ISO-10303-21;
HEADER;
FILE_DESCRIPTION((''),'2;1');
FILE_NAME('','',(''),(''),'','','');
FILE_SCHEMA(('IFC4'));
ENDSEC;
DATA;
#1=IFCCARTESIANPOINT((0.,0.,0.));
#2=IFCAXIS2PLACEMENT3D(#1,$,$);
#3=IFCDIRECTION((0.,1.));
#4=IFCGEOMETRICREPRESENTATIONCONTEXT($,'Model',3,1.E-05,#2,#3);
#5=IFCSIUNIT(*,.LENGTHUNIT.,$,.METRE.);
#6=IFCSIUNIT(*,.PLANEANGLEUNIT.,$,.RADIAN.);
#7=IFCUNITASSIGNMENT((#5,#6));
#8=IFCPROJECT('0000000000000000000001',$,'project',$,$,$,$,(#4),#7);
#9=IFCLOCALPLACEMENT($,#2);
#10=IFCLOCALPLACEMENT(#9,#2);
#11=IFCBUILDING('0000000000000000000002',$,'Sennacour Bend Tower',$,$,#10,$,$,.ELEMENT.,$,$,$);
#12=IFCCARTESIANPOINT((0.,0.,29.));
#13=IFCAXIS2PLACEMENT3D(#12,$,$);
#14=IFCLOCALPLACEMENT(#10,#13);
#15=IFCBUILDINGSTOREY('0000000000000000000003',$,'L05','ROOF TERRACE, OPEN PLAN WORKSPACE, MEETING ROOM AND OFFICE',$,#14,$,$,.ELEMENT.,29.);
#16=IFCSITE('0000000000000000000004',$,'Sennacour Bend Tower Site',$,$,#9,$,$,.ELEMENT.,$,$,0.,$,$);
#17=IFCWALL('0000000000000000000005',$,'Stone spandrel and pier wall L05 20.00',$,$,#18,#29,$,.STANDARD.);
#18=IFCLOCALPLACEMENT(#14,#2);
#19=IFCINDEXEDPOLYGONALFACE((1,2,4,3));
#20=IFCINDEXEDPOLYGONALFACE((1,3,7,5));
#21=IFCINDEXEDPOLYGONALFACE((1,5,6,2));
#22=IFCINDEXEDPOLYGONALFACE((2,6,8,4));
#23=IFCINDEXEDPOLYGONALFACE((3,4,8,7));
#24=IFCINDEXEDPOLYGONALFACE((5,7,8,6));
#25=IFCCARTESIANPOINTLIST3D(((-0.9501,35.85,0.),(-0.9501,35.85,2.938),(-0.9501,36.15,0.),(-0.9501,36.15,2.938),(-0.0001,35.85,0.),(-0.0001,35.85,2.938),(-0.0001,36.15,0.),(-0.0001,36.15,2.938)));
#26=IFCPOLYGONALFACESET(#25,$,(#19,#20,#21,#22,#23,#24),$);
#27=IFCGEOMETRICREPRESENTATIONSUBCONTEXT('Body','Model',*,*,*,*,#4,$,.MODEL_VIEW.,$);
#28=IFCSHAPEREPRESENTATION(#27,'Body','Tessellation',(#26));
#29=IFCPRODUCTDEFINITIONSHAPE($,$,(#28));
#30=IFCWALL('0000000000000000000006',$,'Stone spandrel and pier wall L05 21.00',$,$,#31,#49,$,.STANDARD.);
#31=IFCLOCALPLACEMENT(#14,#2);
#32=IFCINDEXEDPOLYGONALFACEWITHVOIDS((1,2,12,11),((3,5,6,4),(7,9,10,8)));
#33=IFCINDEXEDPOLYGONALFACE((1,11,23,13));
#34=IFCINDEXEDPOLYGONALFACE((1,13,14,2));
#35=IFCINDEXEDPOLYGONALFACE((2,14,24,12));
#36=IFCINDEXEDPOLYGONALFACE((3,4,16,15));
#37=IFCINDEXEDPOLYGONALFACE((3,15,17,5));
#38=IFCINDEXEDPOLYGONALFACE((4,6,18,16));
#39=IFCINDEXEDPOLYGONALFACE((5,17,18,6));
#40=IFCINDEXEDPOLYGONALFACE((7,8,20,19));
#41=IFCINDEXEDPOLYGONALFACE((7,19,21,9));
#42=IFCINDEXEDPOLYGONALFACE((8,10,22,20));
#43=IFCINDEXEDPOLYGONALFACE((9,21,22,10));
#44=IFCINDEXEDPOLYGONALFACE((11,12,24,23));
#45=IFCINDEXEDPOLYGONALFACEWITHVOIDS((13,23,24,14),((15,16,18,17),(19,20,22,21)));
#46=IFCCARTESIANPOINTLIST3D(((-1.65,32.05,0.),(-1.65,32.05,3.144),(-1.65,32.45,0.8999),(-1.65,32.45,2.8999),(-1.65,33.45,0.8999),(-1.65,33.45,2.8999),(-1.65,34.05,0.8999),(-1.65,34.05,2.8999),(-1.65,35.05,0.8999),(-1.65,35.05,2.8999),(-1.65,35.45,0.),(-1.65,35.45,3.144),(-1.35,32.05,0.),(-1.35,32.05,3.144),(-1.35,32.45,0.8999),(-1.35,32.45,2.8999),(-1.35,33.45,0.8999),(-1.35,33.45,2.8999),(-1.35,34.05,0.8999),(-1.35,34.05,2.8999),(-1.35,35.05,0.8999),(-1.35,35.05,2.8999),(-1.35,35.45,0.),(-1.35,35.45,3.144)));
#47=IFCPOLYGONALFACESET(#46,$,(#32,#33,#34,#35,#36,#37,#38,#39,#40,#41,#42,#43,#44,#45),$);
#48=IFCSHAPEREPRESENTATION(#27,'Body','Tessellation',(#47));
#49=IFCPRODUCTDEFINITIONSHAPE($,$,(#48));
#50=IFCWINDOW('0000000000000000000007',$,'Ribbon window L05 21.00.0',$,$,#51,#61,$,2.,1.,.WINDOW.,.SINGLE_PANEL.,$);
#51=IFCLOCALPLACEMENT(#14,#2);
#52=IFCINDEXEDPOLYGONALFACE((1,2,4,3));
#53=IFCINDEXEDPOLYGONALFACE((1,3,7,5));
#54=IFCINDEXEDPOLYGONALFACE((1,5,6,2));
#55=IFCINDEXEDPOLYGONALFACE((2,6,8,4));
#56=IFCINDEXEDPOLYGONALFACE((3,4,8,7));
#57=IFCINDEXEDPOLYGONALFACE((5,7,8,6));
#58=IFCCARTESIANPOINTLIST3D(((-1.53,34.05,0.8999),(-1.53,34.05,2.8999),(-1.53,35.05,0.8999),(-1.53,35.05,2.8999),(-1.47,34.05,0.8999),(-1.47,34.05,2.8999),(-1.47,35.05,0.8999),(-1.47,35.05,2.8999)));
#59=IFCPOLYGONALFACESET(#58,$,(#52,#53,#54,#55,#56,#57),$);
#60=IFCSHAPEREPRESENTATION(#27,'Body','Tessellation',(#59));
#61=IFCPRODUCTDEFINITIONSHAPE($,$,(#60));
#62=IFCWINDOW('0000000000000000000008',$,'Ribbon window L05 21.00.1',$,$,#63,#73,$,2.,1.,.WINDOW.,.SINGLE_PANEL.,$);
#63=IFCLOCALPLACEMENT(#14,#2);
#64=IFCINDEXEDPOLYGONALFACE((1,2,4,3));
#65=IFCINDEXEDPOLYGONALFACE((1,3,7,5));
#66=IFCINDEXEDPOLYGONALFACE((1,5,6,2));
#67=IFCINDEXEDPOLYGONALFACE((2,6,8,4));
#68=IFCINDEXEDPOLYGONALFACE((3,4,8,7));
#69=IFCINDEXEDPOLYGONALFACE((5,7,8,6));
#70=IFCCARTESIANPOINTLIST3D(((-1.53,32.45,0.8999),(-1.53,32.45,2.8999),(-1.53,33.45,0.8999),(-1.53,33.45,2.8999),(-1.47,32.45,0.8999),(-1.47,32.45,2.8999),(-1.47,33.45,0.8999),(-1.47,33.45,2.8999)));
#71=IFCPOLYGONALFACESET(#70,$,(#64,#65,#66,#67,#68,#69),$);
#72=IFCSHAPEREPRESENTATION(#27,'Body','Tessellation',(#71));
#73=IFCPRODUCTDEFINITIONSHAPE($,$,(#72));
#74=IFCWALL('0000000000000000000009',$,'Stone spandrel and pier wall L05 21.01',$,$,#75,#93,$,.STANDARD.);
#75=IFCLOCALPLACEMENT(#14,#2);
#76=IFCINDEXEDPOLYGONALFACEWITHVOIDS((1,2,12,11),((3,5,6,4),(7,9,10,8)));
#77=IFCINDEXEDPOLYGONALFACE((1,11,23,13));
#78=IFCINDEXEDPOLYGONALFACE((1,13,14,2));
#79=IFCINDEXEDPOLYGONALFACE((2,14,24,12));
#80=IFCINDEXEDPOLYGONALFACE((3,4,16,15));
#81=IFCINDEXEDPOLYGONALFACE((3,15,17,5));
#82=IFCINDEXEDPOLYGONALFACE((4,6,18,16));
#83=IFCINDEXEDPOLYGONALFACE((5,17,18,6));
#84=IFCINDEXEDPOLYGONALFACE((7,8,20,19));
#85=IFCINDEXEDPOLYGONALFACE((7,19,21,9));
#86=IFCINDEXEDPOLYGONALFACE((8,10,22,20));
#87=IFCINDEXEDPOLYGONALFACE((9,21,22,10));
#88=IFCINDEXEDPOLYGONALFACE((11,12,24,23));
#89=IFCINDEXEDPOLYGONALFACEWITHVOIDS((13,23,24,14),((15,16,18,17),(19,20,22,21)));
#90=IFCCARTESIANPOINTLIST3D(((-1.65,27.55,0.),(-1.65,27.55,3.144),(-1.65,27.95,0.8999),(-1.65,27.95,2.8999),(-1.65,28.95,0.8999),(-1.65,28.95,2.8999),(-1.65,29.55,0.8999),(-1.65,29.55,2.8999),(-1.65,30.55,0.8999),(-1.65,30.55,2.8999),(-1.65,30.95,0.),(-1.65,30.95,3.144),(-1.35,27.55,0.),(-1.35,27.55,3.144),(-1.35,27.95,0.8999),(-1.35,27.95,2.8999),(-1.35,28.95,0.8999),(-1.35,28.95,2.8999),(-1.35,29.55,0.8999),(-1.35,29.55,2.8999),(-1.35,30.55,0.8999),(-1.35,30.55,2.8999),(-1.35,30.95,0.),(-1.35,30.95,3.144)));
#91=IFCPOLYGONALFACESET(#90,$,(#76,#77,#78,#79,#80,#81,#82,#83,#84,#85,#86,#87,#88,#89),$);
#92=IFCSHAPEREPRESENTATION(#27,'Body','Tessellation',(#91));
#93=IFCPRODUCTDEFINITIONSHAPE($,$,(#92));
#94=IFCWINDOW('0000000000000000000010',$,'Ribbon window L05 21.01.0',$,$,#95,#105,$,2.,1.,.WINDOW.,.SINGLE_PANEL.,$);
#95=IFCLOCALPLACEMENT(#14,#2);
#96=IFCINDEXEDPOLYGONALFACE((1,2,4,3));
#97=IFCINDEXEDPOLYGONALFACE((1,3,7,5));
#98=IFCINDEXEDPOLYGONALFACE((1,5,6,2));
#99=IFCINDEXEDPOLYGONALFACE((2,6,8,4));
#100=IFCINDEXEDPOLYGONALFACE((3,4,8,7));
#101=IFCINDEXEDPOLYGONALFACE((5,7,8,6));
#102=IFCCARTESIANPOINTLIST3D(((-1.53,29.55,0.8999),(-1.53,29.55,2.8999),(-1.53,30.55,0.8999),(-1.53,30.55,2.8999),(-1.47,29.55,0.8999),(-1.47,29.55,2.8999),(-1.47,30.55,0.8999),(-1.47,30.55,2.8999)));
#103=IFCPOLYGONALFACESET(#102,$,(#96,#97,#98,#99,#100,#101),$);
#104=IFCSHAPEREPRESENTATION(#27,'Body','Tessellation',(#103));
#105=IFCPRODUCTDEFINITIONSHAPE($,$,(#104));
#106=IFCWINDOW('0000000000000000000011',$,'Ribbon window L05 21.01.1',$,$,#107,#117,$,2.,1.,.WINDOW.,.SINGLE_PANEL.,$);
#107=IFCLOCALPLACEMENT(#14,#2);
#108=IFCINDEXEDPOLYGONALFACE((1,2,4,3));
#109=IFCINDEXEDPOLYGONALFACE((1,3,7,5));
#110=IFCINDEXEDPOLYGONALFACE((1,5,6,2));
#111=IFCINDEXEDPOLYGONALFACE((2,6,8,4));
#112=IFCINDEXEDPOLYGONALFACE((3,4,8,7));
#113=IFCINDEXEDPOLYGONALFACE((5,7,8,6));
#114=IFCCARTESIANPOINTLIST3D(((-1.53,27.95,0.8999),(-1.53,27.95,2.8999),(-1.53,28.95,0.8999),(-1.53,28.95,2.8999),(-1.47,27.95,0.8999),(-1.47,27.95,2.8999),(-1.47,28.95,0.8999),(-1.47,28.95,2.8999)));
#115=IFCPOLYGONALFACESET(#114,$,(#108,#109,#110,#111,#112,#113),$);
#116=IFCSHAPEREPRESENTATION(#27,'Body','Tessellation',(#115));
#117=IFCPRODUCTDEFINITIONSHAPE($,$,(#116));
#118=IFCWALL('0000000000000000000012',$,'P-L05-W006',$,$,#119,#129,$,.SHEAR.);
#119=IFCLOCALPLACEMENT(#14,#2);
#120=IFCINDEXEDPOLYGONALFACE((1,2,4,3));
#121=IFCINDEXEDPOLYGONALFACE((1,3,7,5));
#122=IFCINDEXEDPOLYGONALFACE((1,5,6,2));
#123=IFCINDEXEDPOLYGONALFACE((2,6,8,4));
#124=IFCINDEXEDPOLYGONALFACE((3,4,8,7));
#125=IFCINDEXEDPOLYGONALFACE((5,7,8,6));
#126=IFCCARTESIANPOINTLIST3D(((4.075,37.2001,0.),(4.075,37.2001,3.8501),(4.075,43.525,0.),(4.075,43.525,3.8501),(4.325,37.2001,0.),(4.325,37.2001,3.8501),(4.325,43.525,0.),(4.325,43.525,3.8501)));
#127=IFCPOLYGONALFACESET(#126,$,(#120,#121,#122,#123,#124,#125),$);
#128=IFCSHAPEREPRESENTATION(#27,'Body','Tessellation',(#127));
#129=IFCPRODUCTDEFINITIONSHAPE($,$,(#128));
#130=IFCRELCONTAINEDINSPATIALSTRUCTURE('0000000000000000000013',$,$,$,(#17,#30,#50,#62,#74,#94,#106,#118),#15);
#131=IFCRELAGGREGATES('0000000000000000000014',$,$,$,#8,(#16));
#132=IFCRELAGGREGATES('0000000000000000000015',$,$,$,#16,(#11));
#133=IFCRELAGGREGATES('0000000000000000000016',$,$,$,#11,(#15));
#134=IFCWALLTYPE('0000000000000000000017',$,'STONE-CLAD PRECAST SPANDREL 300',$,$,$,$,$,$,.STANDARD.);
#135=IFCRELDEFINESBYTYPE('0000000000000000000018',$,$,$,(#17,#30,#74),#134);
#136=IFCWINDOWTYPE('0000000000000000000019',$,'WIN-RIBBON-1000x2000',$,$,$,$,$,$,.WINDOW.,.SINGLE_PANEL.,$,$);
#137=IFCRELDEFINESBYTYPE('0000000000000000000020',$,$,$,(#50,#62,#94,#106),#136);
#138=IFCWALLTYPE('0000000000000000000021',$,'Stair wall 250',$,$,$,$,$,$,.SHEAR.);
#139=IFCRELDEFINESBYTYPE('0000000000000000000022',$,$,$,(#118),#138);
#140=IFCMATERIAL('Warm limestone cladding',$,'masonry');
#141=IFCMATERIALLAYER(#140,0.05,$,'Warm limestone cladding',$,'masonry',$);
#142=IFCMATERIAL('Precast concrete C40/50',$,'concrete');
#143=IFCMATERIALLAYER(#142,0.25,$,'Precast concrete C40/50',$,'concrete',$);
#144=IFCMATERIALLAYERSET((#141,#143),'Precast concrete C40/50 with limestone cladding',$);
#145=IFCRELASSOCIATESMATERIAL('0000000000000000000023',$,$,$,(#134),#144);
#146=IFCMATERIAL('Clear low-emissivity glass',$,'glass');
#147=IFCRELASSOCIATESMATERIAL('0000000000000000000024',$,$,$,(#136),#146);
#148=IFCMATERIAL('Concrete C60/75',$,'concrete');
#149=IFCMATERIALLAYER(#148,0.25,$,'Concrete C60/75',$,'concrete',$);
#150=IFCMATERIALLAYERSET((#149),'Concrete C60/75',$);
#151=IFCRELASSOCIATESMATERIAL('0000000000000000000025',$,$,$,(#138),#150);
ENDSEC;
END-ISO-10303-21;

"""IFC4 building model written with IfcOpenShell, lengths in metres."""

from ifc_helpers import new_model, si_unit, direction, frame, frame_2d, origin, place, context, subcontext, project, spatial, rectangle, extrude, material, layer, layer_set, type_object, element, fill, save


model = new_model("IFC4")

# Units and contexts
model_context = context("Model", 3, precision=1e-05, world=origin(), true_north=direction((0.0, 1.0)))
body_context = subcontext(model_context, "Body", "Model", "MODEL_VIEW")
ifc_project = project(units=[si_unit("LENGTHUNIT", "METRE"), si_unit("PLANEANGLEUNIT", "RADIAN")], contexts=[model_context])

# Site, building, storey
site_placement = place(None, origin())
site = spatial("IfcSite", under=ifc_project, at=site_placement, Name="Sennacour Bend Tower Site", CompositionType="ELEMENT", RefElevation=0.0)
building_placement = place(site_placement, origin())
building = spatial("IfcBuilding", under=site, at=building_placement, Name="Sennacour Bend Tower", CompositionType="ELEMENT")
storey_placement = place(building_placement, frame((0.0, 0.0, 29.0)))
storey = spatial("IfcBuildingStorey", under=building, at=storey_placement, Name="L05", Description="ROOF TERRACE, OPEN PLAN WORKSPACE, MEETING ROOM AND OFFICE", CompositionType="ELEMENT", Elevation=29.0)

# Wall
ifc_material_1 = material(Name="Warm limestone cladding", Category="masonry")
ifc_layer_1 = layer(ifc_material_1, 0.05, Name="Warm limestone cladding", Category="masonry")
ifc_material_2 = material(Name="Precast concrete C40/50", Category="concrete")
ifc_layer_2 = layer(ifc_material_2, 0.25, Name="Precast concrete C40/50", Category="concrete")
ifc_layer_set_1 = layer_set([ifc_layer_1, ifc_layer_2], Name="Precast concrete C40/50 with limestone cladding")
wall_type_1 = type_object("IfcWallType", Name="STONE-CLAD PRECAST SPANDREL 300", PredefinedType="STANDARD", material=ifc_layer_set_1)
wall_1_placement = place(storey_placement, frame((0.0, 36.0, 0.0), z_axis=(0.0, 0.0, 1.0), x_axis=(-1.0, 0.0, 0.0)))
element("IfcWall", 1, at=wall_1_placement, inside=storey, type_object=wall_type_1, Name="Stone spandrel and pier wall L05 20.00", PredefinedType="STANDARD", context=body_context, shape_type="SweptSolid", body=[
    extrude(rectangle(XDim=0.95, YDim=0.3, at=frame_2d((0.4751, 0.0))), origin(), (0.0, 0.0, 1.0), 2.938),
])

# Walls, openings, windows
wall_2_placement = place(storey_placement, frame((-1.5, 35.45, 0.0), z_axis=(0.0, 0.0, 1.0), x_axis=(0.0, -1.0, 0.0)))
wall_2 = element("IfcWall", 2, at=wall_2_placement, inside=storey, type_object=wall_type_1, Name="Stone spandrel and pier wall L05 21.00", PredefinedType="STANDARD", context=body_context, shape_type="SweptSolid", body=[
    extrude(rectangle(XDim=3.3999, YDim=0.3, at=frame_2d((1.7, 0.0))), origin(), (0.0, 0.0, 1.0), 3.144),
])
opening_1_placement = place(wall_2_placement, frame((0.3999, 0.0, 0.8999)))
opening_1 = element("IfcOpeningElement", 3, at=opening_1_placement, cuts=wall_2, PredefinedType="OPENING", context=body_context, shape_type="SweptSolid", body=[
    extrude(rectangle(XDim=1.0, YDim=2.0, at=frame_2d((0.5, 1.0))), frame((0.0, 0.1602, 0.0), z_axis=(0.0, -1.0, 0.0), x_axis=(1.0, 0.0, 0.0)), (0.0, 0.0, 1.0), 0.3201),
])
opening_2_placement = place(wall_2_placement, frame((2.0, 0.0, 0.8999)))
opening_2 = element("IfcOpeningElement", 4, at=opening_2_placement, cuts=wall_2, PredefinedType="OPENING", context=body_context, shape_type="SweptSolid", body=[
    extrude(rectangle(XDim=1.0, YDim=2.0, at=frame_2d((0.5, 1.0))), frame((0.0, 0.1602, 0.0), z_axis=(0.0, -1.0, 0.0), x_axis=(1.0, 0.0, 0.0)), (0.0, 0.0, 1.0), 0.3201),
])
ifc_material_3 = material(Name="Clear low-emissivity glass", Category="glass")
window_type = type_object("IfcWindowType", Name="WIN-RIBBON-1000x2000", PartitioningType="SINGLE_PANEL", PredefinedType="WINDOW", material=ifc_material_3)
window_1_placement = place(opening_1_placement, origin())
window_1 = element("IfcWindow", 5, at=window_1_placement, inside=storey, type_object=window_type, Name="Ribbon window L05 21.00.0", OverallHeight=2.0, OverallWidth=1.0, PartitioningType="SINGLE_PANEL", PredefinedType="WINDOW", context=body_context, shape_type="SweptSolid", body=[
    extrude(rectangle(XDim=1.0, YDim=2.0, at=frame_2d((0.5, 1.0))), frame((0.0, 0.03, 0.0), z_axis=(0.0, -1.0, 0.0), x_axis=(1.0, 0.0, 0.0)), (0.0, 0.0, 1.0), 0.0601),
])
fill(opening_1, window_1)
window_2_placement = place(opening_2_placement, origin())
window_2 = element("IfcWindow", 6, at=window_2_placement, inside=storey, type_object=window_type, Name="Ribbon window L05 21.00.1", OverallHeight=2.0, OverallWidth=1.0, PartitioningType="SINGLE_PANEL", PredefinedType="WINDOW", context=body_context, shape_type="SweptSolid", body=[
    extrude(rectangle(XDim=1.0, YDim=2.0, at=frame_2d((0.5, 1.0))), frame((0.0, 0.03, 0.0), z_axis=(0.0, -1.0, 0.0), x_axis=(1.0, 0.0, 0.0)), (0.0, 0.0, 1.0), 0.0601),
])
fill(opening_2, window_2)
wall_3_placement = place(storey_placement, frame((-1.5, 30.95, 0.0), z_axis=(0.0, 0.0, 1.0), x_axis=(0.0, -1.0, 0.0)))
wall_3 = element("IfcWall", 7, at=wall_3_placement, inside=storey, type_object=wall_type_1, Name="Stone spandrel and pier wall L05 21.01", PredefinedType="STANDARD", context=body_context, shape_type="SweptSolid", body=[
    extrude(rectangle(XDim=3.3999, YDim=0.3, at=frame_2d((1.7, 0.0))), origin(), (0.0, 0.0, 1.0), 3.144),
])
opening_3_placement = place(wall_3_placement, frame((0.3999, 0.0, 0.8999)))
opening_3 = element("IfcOpeningElement", 8, at=opening_3_placement, cuts=wall_3, PredefinedType="OPENING", context=body_context, shape_type="SweptSolid", body=[
    extrude(rectangle(XDim=1.0, YDim=2.0, at=frame_2d((0.5, 1.0))), frame((0.0, 0.1602, 0.0), z_axis=(0.0, -1.0, 0.0), x_axis=(1.0, 0.0, 0.0)), (0.0, 0.0, 1.0), 0.3201),
])
opening_4_placement = place(wall_3_placement, frame((2.0, 0.0, 0.8999)))
opening_4 = element("IfcOpeningElement", 9, at=opening_4_placement, cuts=wall_3, PredefinedType="OPENING", context=body_context, shape_type="SweptSolid", body=[
    extrude(rectangle(XDim=1.0, YDim=2.0, at=frame_2d((0.5, 1.0))), frame((0.0, 0.1602, 0.0), z_axis=(0.0, -1.0, 0.0), x_axis=(1.0, 0.0, 0.0)), (0.0, 0.0, 1.0), 0.3201),
])
window_3_placement = place(opening_3_placement, origin())
window_3 = element("IfcWindow", 10, at=window_3_placement, inside=storey, type_object=window_type, Name="Ribbon window L05 21.01.0", OverallHeight=2.0, OverallWidth=1.0, PartitioningType="SINGLE_PANEL", PredefinedType="WINDOW", context=body_context, shape_type="SweptSolid", body=[
    extrude(rectangle(XDim=1.0, YDim=2.0, at=frame_2d((0.5, 1.0))), frame((0.0, 0.03, 0.0), z_axis=(0.0, -1.0, 0.0), x_axis=(1.0, 0.0, 0.0)), (0.0, 0.0, 1.0), 0.0601),
])
fill(opening_3, window_3)
window_4_placement = place(opening_4_placement, origin())
window_4 = element("IfcWindow", 11, at=window_4_placement, inside=storey, type_object=window_type, Name="Ribbon window L05 21.01.1", OverallHeight=2.0, OverallWidth=1.0, PartitioningType="SINGLE_PANEL", PredefinedType="WINDOW", context=body_context, shape_type="SweptSolid", body=[
    extrude(rectangle(XDim=1.0, YDim=2.0, at=frame_2d((0.5, 1.0))), frame((0.0, 0.03, 0.0), z_axis=(0.0, -1.0, 0.0), x_axis=(1.0, 0.0, 0.0)), (0.0, 0.0, 1.0), 0.0601),
])
fill(opening_4, window_4)

# Wall
ifc_material_4 = material(Name="Concrete C60/75", Category="concrete")
ifc_layer_3 = layer(ifc_material_4, 0.25, Name="Concrete C60/75", Category="concrete")
ifc_layer_set_2 = layer_set([ifc_layer_3], Name="Concrete C60/75")
wall_type_2 = type_object("IfcWallType", Name="Stair wall 250", PredefinedType="SHEAR", material=ifc_layer_set_2)
wall_4_placement = place(storey_placement, frame((4.2, 37.2, 0.0), z_axis=(0.0, 0.0, 1.0), x_axis=(0.0, 1.0, 0.0)))
element("IfcWall", 12, at=wall_4_placement, inside=storey, type_object=wall_type_2, Name="P-L05-W006", PredefinedType="SHEAR", context=body_context, shape_type="SweptSolid", body=[
    extrude(rectangle(XDim=6.325, YDim=0.25, at=frame_2d((3.1626, 0.0))), origin(), (0.0, 0.0, 1.0), 3.8501),
])

save(model, "model.ifc")
